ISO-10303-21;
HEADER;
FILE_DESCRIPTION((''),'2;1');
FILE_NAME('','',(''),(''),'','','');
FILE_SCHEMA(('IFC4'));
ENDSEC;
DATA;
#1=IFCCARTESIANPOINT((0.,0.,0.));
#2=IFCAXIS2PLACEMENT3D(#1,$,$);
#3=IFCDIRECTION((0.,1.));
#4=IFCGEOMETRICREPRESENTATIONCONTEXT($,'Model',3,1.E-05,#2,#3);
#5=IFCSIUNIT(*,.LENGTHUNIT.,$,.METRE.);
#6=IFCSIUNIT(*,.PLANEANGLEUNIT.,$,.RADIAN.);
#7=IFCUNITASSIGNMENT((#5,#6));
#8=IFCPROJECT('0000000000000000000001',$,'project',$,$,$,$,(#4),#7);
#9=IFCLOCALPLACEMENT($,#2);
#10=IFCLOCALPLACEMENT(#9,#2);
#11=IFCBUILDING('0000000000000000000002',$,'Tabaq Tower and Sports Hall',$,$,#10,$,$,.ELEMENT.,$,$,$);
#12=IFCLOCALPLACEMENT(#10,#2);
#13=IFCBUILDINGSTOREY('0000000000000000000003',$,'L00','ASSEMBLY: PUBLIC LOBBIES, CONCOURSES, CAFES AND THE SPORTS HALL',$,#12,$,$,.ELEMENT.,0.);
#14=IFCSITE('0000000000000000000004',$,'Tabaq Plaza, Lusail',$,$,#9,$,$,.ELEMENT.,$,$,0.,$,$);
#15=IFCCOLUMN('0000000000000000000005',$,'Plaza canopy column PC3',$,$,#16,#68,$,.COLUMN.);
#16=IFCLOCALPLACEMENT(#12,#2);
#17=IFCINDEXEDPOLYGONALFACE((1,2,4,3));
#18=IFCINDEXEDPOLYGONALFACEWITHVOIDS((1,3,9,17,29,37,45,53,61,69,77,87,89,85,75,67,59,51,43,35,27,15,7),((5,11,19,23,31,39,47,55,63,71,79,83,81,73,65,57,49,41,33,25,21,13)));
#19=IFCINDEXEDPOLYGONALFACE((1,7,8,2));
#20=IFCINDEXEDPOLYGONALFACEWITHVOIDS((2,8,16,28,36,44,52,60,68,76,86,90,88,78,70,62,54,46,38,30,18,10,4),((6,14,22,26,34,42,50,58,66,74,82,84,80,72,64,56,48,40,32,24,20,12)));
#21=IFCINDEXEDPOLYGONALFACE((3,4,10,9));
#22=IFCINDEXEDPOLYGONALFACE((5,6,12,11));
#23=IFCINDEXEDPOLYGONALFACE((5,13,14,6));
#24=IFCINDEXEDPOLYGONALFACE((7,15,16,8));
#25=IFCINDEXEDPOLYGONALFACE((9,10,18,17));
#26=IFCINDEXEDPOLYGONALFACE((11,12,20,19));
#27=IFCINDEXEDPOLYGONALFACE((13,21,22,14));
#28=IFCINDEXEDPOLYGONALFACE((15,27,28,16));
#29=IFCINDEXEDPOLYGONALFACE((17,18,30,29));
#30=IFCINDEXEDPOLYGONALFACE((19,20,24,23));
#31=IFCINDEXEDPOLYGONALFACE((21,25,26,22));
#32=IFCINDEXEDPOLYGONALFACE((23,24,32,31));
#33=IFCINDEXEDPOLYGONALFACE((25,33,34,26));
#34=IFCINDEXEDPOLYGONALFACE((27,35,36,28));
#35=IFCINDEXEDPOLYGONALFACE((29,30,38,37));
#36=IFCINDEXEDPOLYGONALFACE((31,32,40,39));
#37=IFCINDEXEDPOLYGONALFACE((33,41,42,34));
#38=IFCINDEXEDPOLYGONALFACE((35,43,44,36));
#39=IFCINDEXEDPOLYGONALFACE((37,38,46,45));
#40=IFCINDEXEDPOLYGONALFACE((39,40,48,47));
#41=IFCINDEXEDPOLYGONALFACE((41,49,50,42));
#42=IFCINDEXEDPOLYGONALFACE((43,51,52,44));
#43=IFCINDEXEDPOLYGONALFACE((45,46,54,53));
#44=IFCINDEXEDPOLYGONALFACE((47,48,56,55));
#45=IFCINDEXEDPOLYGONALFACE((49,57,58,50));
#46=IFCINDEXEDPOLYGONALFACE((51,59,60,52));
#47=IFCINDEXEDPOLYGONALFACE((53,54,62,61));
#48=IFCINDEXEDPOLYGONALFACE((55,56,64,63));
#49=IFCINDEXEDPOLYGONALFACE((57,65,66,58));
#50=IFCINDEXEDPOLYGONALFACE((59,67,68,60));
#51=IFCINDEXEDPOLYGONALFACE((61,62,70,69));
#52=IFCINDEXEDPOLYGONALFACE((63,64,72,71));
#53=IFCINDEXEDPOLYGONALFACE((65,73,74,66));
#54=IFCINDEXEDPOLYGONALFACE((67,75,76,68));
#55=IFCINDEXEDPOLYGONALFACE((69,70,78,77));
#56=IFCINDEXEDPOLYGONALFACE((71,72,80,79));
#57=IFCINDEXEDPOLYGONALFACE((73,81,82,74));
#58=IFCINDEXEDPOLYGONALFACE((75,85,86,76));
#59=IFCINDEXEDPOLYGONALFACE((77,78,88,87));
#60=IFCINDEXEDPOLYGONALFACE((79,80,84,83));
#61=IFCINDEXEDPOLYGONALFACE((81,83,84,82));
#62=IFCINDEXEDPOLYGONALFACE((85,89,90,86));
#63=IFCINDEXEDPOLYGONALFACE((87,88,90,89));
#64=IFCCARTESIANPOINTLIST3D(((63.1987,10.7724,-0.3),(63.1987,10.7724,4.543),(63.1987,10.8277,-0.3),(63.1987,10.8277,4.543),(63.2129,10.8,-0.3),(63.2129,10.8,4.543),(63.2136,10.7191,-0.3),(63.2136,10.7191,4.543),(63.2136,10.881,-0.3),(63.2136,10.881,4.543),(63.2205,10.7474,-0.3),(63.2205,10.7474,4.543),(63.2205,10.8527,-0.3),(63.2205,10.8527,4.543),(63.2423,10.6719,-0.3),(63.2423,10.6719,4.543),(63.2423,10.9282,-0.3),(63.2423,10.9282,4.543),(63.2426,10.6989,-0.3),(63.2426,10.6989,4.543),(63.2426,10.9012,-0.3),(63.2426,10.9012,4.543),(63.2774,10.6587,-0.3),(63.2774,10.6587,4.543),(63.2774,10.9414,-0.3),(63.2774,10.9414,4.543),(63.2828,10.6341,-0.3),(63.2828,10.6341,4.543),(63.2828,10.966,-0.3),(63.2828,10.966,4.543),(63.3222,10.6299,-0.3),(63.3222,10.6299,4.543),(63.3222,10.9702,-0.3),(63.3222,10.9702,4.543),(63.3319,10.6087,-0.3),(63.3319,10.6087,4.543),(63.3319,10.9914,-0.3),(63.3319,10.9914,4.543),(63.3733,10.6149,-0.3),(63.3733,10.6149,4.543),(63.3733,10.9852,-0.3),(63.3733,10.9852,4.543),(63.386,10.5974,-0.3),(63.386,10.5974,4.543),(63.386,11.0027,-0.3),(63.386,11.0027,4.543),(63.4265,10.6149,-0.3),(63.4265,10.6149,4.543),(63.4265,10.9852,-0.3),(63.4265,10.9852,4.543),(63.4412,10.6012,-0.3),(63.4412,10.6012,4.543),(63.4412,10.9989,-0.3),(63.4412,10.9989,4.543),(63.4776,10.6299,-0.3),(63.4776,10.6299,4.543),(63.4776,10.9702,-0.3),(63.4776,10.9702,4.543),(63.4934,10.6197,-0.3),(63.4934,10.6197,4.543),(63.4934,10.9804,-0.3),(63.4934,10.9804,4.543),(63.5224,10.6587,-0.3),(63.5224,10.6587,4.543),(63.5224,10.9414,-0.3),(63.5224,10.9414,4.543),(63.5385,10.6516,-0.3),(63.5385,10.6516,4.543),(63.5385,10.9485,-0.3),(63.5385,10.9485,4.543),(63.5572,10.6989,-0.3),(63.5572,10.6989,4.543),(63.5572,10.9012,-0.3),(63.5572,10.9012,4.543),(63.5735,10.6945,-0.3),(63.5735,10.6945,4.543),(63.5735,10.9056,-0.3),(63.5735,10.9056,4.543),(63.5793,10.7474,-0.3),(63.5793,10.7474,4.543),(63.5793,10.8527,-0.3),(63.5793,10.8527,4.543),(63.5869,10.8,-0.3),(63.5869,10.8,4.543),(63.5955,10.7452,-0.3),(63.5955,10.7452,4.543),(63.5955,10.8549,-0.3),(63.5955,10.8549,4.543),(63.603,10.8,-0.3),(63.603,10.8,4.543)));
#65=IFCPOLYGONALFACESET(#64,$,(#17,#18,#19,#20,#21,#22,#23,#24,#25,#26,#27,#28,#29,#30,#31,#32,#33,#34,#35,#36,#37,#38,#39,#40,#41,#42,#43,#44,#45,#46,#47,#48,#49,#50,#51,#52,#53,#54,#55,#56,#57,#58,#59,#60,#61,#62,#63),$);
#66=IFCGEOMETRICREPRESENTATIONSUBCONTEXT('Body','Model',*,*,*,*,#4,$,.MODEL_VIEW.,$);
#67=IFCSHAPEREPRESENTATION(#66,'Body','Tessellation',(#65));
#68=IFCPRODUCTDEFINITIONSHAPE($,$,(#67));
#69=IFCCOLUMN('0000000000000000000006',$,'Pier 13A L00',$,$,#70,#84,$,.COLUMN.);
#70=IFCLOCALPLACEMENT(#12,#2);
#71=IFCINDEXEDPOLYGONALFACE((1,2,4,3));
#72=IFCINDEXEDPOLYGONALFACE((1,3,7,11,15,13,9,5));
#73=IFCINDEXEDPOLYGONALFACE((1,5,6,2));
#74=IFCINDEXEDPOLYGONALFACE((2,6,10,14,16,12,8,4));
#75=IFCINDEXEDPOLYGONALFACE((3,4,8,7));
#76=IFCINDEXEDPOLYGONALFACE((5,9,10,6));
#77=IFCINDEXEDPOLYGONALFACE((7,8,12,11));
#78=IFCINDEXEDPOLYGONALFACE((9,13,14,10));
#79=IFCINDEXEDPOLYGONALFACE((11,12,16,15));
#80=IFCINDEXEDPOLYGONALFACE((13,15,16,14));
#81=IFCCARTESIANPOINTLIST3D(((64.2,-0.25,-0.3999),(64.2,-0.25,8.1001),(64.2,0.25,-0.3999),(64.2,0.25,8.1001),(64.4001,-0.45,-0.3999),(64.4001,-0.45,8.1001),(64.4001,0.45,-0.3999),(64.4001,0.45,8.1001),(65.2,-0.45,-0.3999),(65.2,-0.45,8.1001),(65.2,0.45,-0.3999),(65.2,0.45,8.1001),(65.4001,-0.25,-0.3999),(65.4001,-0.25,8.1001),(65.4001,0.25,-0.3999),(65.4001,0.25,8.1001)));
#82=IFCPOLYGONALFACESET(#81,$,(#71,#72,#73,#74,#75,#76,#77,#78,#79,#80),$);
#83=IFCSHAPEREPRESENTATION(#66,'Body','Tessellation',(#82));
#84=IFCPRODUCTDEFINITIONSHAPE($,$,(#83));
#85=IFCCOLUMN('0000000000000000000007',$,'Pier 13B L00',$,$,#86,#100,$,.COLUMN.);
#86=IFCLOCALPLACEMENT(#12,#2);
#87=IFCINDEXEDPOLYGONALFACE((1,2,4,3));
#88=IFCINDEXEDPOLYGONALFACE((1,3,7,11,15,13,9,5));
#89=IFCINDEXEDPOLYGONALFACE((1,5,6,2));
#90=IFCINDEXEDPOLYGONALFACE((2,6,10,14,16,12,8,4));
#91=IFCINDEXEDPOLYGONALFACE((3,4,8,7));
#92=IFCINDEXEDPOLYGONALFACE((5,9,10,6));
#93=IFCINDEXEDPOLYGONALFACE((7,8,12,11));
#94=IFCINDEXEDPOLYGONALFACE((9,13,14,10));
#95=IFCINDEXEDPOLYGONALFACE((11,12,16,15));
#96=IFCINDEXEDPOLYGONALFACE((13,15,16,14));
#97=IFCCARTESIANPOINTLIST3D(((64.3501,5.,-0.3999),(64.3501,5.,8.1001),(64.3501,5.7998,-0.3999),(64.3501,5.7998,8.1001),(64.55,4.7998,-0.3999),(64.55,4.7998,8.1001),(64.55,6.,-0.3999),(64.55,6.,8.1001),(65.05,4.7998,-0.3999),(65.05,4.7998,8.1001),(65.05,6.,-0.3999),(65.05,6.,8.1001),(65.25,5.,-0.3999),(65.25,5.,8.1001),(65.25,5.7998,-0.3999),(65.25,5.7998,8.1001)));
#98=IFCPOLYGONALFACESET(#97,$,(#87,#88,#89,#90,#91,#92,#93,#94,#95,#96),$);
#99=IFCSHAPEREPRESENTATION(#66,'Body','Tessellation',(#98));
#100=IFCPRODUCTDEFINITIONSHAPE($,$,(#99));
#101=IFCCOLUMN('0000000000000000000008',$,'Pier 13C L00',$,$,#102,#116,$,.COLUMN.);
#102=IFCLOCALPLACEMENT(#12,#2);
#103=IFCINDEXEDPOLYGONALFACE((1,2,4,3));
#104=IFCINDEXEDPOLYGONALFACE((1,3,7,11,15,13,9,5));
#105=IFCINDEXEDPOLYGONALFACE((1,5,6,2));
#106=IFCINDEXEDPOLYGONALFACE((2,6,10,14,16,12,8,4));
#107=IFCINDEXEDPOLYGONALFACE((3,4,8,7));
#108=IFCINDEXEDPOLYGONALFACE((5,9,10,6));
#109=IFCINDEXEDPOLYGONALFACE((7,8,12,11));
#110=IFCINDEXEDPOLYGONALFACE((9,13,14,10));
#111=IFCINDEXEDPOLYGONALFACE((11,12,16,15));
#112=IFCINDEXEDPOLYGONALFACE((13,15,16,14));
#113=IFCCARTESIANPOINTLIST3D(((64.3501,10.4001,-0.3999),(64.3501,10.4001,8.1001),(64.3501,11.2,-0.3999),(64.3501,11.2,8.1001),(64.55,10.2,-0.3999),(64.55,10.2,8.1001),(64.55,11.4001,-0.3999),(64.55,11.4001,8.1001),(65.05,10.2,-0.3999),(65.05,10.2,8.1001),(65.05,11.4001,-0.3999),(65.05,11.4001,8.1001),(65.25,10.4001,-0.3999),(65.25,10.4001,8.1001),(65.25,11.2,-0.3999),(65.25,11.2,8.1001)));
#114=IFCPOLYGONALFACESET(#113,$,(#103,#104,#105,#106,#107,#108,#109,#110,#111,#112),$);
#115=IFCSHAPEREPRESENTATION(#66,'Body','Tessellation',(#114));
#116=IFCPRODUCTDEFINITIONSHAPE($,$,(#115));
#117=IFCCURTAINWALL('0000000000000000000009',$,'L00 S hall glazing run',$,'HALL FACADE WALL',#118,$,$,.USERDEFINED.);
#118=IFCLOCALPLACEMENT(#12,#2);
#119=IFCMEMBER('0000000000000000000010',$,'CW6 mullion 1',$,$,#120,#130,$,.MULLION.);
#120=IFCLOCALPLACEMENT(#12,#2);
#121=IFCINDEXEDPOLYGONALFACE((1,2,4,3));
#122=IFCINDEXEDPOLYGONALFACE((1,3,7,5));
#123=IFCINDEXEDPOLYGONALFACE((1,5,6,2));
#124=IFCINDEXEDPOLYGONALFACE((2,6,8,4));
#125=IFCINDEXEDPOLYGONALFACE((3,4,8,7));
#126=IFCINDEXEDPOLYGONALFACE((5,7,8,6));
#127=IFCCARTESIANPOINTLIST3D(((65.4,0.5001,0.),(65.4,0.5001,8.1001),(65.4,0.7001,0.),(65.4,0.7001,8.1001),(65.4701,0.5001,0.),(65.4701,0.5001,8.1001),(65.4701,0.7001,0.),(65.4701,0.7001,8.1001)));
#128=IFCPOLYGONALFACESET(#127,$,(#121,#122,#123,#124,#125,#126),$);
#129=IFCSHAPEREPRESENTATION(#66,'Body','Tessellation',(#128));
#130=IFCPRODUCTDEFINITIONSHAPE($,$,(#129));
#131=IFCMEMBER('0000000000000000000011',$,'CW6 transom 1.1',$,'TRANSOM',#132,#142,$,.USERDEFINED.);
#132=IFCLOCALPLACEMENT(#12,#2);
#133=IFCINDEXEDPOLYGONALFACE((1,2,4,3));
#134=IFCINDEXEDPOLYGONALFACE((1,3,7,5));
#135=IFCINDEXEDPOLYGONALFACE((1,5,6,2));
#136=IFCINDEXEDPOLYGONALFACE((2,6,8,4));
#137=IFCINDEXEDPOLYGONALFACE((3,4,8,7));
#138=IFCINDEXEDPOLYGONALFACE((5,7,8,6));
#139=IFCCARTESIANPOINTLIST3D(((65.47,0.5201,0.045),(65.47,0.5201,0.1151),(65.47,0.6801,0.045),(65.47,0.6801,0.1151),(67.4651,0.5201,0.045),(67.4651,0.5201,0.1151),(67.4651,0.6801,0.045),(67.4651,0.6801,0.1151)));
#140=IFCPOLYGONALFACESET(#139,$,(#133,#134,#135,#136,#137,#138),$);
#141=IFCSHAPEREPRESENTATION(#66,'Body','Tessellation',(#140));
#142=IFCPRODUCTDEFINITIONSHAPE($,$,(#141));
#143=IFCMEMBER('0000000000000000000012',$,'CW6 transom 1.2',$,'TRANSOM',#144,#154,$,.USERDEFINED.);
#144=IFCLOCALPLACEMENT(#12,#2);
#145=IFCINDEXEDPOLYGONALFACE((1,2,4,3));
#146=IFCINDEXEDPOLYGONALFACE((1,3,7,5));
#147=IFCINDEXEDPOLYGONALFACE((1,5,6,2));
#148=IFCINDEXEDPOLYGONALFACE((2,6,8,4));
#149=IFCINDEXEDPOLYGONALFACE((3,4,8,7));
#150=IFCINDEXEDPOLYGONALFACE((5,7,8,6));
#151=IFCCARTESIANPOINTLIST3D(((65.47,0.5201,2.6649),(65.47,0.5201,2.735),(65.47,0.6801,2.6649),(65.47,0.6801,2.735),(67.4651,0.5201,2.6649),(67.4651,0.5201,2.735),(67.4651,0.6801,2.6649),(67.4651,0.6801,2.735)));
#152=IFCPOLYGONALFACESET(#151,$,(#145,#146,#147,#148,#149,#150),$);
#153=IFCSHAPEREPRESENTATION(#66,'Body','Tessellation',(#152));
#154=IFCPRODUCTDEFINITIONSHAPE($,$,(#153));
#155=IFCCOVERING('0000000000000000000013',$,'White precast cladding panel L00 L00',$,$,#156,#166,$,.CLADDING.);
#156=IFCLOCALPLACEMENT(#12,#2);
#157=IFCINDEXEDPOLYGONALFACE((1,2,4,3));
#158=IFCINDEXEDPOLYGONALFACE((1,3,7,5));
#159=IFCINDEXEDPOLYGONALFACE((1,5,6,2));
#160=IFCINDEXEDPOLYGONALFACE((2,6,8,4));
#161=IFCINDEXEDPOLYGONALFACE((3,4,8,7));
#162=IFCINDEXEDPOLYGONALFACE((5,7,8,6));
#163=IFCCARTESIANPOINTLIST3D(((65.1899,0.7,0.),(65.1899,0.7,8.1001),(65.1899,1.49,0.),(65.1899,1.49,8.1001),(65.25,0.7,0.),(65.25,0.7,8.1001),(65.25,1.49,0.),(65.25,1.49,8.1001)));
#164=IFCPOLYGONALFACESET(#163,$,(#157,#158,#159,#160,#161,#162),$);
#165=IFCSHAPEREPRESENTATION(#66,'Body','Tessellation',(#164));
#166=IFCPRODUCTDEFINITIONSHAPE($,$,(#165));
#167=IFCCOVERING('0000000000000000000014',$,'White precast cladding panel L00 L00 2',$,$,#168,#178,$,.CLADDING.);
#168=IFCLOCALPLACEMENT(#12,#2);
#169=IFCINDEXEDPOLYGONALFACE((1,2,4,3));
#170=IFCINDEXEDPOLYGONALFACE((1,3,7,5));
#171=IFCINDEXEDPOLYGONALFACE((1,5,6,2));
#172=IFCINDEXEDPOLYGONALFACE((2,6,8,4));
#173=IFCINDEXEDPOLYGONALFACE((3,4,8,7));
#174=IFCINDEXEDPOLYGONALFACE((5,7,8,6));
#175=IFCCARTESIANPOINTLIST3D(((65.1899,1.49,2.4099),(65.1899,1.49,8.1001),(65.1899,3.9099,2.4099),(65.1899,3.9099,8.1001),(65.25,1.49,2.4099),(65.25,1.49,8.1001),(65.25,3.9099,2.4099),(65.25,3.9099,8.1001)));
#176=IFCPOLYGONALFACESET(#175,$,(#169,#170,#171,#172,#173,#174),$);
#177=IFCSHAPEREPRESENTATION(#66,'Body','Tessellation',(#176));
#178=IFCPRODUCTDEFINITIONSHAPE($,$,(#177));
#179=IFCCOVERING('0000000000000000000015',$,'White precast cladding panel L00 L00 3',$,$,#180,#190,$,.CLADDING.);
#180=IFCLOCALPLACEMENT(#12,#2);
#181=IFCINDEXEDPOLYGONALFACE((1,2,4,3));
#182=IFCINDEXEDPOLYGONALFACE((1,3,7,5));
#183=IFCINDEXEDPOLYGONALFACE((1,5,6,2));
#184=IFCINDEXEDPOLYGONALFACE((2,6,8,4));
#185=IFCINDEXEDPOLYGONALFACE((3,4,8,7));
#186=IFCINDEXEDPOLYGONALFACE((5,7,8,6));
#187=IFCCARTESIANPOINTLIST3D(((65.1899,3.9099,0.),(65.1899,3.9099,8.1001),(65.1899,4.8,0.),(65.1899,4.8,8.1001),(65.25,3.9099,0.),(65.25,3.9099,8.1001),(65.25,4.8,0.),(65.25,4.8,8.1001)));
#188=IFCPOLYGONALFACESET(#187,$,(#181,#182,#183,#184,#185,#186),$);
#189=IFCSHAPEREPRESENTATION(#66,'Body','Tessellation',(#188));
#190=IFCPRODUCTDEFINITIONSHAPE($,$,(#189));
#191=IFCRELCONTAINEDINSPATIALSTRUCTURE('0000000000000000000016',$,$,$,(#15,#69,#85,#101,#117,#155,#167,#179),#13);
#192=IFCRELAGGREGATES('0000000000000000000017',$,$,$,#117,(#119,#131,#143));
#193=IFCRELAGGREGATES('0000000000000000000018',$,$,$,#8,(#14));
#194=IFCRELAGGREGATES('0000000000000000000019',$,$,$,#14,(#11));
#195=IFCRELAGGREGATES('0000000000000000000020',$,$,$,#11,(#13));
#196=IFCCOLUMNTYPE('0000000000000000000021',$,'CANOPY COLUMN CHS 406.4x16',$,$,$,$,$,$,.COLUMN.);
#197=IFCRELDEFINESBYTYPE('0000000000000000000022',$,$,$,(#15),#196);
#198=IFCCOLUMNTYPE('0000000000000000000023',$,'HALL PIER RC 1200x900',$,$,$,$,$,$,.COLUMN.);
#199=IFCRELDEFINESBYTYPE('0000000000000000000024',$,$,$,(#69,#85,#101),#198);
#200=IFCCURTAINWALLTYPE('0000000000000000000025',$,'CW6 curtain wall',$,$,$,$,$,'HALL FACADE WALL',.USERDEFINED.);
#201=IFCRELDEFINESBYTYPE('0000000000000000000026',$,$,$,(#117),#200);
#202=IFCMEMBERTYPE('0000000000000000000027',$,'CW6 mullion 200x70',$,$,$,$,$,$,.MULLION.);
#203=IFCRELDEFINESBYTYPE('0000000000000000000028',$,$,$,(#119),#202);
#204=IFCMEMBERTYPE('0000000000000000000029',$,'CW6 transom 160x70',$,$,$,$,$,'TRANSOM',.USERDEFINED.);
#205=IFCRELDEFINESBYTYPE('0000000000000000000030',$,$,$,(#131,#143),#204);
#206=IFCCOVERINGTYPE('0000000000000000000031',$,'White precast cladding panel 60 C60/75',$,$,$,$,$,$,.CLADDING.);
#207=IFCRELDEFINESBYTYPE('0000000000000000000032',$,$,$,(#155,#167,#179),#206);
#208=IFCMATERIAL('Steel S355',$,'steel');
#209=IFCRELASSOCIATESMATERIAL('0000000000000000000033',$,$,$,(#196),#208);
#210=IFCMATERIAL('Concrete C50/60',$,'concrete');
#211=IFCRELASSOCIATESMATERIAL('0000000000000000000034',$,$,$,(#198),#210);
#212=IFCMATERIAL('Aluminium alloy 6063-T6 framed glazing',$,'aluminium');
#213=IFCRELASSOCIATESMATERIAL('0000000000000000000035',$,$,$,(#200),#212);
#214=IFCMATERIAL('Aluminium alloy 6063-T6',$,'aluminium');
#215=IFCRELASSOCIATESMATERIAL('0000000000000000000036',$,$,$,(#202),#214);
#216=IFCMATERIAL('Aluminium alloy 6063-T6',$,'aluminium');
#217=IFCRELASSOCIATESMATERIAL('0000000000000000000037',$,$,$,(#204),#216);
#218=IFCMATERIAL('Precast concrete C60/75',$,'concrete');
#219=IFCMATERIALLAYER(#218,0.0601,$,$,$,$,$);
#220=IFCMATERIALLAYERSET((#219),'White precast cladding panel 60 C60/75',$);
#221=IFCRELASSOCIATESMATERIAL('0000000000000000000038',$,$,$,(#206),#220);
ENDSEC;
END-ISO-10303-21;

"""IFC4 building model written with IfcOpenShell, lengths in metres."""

from ifc_helpers import new_model, si_unit, direction, frame, frame_2d, origin, origin_2d, place, context, subcontext, project, spatial, polyline, rectangle, hollow_circle, outline, extrude, material, layer, layer_set, material_profile, profile_set, type_object, element, aggregate, save


model = new_model("IFC4")

# Units and contexts
model_context = context("Model", 3, precision=1e-05, world=origin(), true_north=direction((0.0, 1.0)))
body_context = subcontext(model_context, "Body", "Model", "MODEL_VIEW")
ifc_project = project(units=[si_unit("LENGTHUNIT", "METRE"), si_unit("PLANEANGLEUNIT", "RADIAN")], contexts=[model_context])

# Site, building, storey
site_placement = place(None, origin())
site = spatial("IfcSite", under=ifc_project, at=site_placement, Name="Tabaq Plaza, Lusail", CompositionType="ELEMENT", RefElevation=0.0)
building_placement = place(site_placement, origin())
building = spatial("IfcBuilding", under=site, at=building_placement, Name="Tabaq Tower and Sports Hall", CompositionType="ELEMENT")
storey_placement = place(building_placement, origin())
storey = spatial("IfcBuildingStorey", under=building, at=storey_placement, Name="L00", Description="ASSEMBLY: PUBLIC LOBBIES, CONCOURSES, CAFES AND THE SPORTS HALL", CompositionType="ELEMENT", Elevation=0.0)

# Columns
ifc_material_1 = material(Name="Steel S355", Category="steel")
ifc_material_profile_1 = material_profile(ifc_material_1, hollow_circle(Radius=0.2031, WallThickness=0.0161, at=origin_2d()), Name="CHS 406.4x16")
ifc_profile_set_1 = profile_set([ifc_material_profile_1], Name="Steel S355")
column_type_1 = type_object("IfcColumnType", Name="CANOPY COLUMN CHS 406.4x16", PredefinedType="COLUMN", material=ifc_profile_set_1)
column_placement = place(storey_placement, frame((63.3999, 10.8, -0.3), z_axis=(0.0, 0.0, 1.0), x_axis=(1.0, 0.0, 0.0)))
element("IfcColumn", 1, at=column_placement, inside=storey, type_object=column_type_1, Name="Plaza canopy column PC3", PredefinedType="COLUMN", context=body_context, shape_type="SweptSolid", body=[
    extrude(hollow_circle(Radius=0.2031, WallThickness=0.0161, at=origin_2d()), origin(), (0.0, 0.0, 1.0), 4.843),
])
ifc_material_2 = material(Name="Concrete C50/60", Category="concrete")
ifc_material_profile_2 = material_profile(ifc_material_2, outline(polyline([(-0.3999, -0.45), (0.3999, -0.45), (0.6001, -0.25), (0.6001, 0.25), (0.3999, 0.45), (-0.3999, 0.45), (-0.6001, 0.25), (-0.6001, -0.25), (-0.3999, -0.45)])), Name="PIER 1200x900")
ifc_profile_set_2 = profile_set([ifc_material_profile_2], Name="Concrete C50/60")
column_type_2 = type_object("IfcColumnType", Name="HALL PIER RC 1200x900", PredefinedType="COLUMN", material=ifc_profile_set_2)
for number, where, z_axis, x_axis, name in (
    (2, (64.8, 0.0, -0.3999), (0.0, 0.0, 1.0), (1.0, 0.0, 0.0), "Pier 13A L00"),
    (3, (64.8, 5.3999, -0.3999), (0.0, 0.0, 1.0), (0.0, 1.0, 0.0), "Pier 13B L00"),
    (4, (64.8, 10.8, -0.3999), (0.0, 0.0, 1.0), (0.0, 1.0, 0.0), "Pier 13C L00"),
):
    element("IfcColumn", number, at=place(storey_placement, frame(where, z_axis=z_axis, x_axis=x_axis)), inside=storey, type_object=column_type_2, Name=name, PredefinedType="COLUMN", context=body_context, shape_type="SweptSolid", body=[
        extrude(outline(polyline([(-0.3999, -0.45), (0.3999, -0.45), (0.6001, -0.25), (0.6001, 0.25), (0.3999, 0.45), (-0.3999, 0.45), (-0.6001, 0.25), (-0.6001, -0.25), (-0.3999, -0.45)])), origin(), (0.0, 0.0, 1.0), 8.5),
    ])

# Curtain wall, members
ifc_material_3 = material(Name="Aluminium alloy 6063-T6 framed glazing", Category="aluminium")
curtain_wall_type = type_object("IfcCurtainWallType", Name="CW6 curtain wall", ElementType="HALL FACADE WALL", PredefinedType="USERDEFINED", material=ifc_material_3)
curtain_wall_placement = place(storey_placement, origin())
curtain_wall = element("IfcCurtainWall", 5, at=curtain_wall_placement, inside=storey, type_object=curtain_wall_type, Name="L00 S hall glazing run", ObjectType="HALL FACADE WALL", PredefinedType="USERDEFINED")
ifc_material_4 = material(Name="Aluminium alloy 6063-T6", Category="aluminium")
ifc_material_profile_3 = material_profile(ifc_material_4, rectangle(XDim=0.2, YDim=0.0701, at=origin_2d()), Name="MULLION 200x70")
ifc_profile_set_3 = profile_set([ifc_material_profile_3], Name="Aluminium alloy 6063-T6")
member_type_1 = type_object("IfcMemberType", Name="CW6 mullion 200x70", PredefinedType="MULLION", material=ifc_profile_set_3)
member_1_placement = place(storey_placement, frame((65.4351, 0.6001, 0.0), z_axis=(0.0, 0.0, 1.0), x_axis=(0.0, 1.0, 0.0)))
member_1 = element("IfcMember", 6, at=member_1_placement, type_object=member_type_1, Name="CW6 mullion 1", PredefinedType="MULLION", context=body_context, shape_type="SweptSolid", body=[
    extrude(rectangle(XDim=0.2, YDim=0.0701, at=origin_2d()), origin(), (0.0, 0.0, 1.0), 8.1001),
])
ifc_material_5 = material(Name="Aluminium alloy 6063-T6", Category="aluminium")
ifc_material_profile_4 = material_profile(ifc_material_5, rectangle(XDim=0.1599, YDim=0.0701, at=origin_2d()), Name="TRANSOM 160x70")
ifc_profile_set_4 = profile_set([ifc_material_profile_4], Name="Aluminium alloy 6063-T6")
member_type_2 = type_object("IfcMemberType", Name="CW6 transom 160x70", ElementType="TRANSOM", PredefinedType="USERDEFINED", material=ifc_profile_set_4)
member_2_placement = place(storey_placement, frame((65.47, 0.6001, 0.0801), z_axis=(1.0, 0.0, 0.0), x_axis=(0.0, 1.0, 0.0)))
member_2 = element("IfcMember", 7, at=member_2_placement, type_object=member_type_2, Name="CW6 transom 1.1", ObjectType="TRANSOM", PredefinedType="USERDEFINED", context=body_context, shape_type="SweptSolid", body=[
    extrude(rectangle(XDim=0.1599, YDim=0.0701, at=origin_2d()), origin(), (0.0, 0.0, 1.0), 1.9951),
])
member_3_placement = place(storey_placement, frame((65.47, 0.6001, 2.7), z_axis=(1.0, 0.0, 0.0), x_axis=(0.0, 1.0, 0.0)))
member_3 = element("IfcMember", 8, at=member_3_placement, type_object=member_type_2, Name="CW6 transom 1.2", ObjectType="TRANSOM", PredefinedType="USERDEFINED", context=body_context, shape_type="SweptSolid", body=[
    extrude(rectangle(XDim=0.1599, YDim=0.0701, at=origin_2d()), origin(), (0.0, 0.0, 1.0), 1.9951),
])
aggregate(curtain_wall, [member_1, member_2, member_3])

# Coverings
ifc_material_6 = material(Name="Precast concrete C60/75", Category="concrete")
ifc_layer_1 = layer(ifc_material_6, 0.0601)
ifc_layer_set_1 = layer_set([ifc_layer_1], Name="White precast cladding panel 60 C60/75")
covering_type = type_object("IfcCoveringType", Name="White precast cladding panel 60 C60/75", PredefinedType="CLADDING", material=ifc_layer_set_1)
covering_1_placement = place(storey_placement, frame((65.22, 0.7, 0.0), z_axis=(0.0, 0.0, 1.0), x_axis=(0.0, 1.0, 0.0)))
element("IfcCovering", 9, at=covering_1_placement, inside=storey, type_object=covering_type, Name="White precast cladding panel L00 L00", PredefinedType="CLADDING", context=body_context, shape_type="SweptSolid", body=[
    extrude(rectangle(XDim=0.79, YDim=0.0601, at=frame_2d((0.395, 0.0))), origin(), (0.0, 0.0, 1.0), 8.1001),
])
covering_2_placement = place(storey_placement, frame((65.22, 1.49, 2.4099), z_axis=(0.0, 0.0, 1.0), x_axis=(0.0, 1.0, 0.0)))
element("IfcCovering", 10, at=covering_2_placement, inside=storey, type_object=covering_type, Name="White precast cladding panel L00 L00 2", PredefinedType="CLADDING", context=body_context, shape_type="SweptSolid", body=[
    extrude(rectangle(XDim=2.4199, YDim=0.0601, at=frame_2d((1.21, 0.0))), origin(), (0.0, 0.0, 1.0), 5.6902),
])
covering_3_placement = place(storey_placement, frame((65.22, 3.9099, 0.0), z_axis=(0.0, 0.0, 1.0), x_axis=(0.0, 1.0, 0.0)))
element("IfcCovering", 11, at=covering_3_placement, inside=storey, type_object=covering_type, Name="White precast cladding panel L00 L00 3", PredefinedType="CLADDING", context=body_context, shape_type="SweptSolid", body=[
    extrude(rectangle(XDim=0.8901, YDim=0.0601, at=frame_2d((0.4451, 0.0))), origin(), (0.0, 0.0, 1.0), 8.1001),
])

save(model, "model.ifc")
